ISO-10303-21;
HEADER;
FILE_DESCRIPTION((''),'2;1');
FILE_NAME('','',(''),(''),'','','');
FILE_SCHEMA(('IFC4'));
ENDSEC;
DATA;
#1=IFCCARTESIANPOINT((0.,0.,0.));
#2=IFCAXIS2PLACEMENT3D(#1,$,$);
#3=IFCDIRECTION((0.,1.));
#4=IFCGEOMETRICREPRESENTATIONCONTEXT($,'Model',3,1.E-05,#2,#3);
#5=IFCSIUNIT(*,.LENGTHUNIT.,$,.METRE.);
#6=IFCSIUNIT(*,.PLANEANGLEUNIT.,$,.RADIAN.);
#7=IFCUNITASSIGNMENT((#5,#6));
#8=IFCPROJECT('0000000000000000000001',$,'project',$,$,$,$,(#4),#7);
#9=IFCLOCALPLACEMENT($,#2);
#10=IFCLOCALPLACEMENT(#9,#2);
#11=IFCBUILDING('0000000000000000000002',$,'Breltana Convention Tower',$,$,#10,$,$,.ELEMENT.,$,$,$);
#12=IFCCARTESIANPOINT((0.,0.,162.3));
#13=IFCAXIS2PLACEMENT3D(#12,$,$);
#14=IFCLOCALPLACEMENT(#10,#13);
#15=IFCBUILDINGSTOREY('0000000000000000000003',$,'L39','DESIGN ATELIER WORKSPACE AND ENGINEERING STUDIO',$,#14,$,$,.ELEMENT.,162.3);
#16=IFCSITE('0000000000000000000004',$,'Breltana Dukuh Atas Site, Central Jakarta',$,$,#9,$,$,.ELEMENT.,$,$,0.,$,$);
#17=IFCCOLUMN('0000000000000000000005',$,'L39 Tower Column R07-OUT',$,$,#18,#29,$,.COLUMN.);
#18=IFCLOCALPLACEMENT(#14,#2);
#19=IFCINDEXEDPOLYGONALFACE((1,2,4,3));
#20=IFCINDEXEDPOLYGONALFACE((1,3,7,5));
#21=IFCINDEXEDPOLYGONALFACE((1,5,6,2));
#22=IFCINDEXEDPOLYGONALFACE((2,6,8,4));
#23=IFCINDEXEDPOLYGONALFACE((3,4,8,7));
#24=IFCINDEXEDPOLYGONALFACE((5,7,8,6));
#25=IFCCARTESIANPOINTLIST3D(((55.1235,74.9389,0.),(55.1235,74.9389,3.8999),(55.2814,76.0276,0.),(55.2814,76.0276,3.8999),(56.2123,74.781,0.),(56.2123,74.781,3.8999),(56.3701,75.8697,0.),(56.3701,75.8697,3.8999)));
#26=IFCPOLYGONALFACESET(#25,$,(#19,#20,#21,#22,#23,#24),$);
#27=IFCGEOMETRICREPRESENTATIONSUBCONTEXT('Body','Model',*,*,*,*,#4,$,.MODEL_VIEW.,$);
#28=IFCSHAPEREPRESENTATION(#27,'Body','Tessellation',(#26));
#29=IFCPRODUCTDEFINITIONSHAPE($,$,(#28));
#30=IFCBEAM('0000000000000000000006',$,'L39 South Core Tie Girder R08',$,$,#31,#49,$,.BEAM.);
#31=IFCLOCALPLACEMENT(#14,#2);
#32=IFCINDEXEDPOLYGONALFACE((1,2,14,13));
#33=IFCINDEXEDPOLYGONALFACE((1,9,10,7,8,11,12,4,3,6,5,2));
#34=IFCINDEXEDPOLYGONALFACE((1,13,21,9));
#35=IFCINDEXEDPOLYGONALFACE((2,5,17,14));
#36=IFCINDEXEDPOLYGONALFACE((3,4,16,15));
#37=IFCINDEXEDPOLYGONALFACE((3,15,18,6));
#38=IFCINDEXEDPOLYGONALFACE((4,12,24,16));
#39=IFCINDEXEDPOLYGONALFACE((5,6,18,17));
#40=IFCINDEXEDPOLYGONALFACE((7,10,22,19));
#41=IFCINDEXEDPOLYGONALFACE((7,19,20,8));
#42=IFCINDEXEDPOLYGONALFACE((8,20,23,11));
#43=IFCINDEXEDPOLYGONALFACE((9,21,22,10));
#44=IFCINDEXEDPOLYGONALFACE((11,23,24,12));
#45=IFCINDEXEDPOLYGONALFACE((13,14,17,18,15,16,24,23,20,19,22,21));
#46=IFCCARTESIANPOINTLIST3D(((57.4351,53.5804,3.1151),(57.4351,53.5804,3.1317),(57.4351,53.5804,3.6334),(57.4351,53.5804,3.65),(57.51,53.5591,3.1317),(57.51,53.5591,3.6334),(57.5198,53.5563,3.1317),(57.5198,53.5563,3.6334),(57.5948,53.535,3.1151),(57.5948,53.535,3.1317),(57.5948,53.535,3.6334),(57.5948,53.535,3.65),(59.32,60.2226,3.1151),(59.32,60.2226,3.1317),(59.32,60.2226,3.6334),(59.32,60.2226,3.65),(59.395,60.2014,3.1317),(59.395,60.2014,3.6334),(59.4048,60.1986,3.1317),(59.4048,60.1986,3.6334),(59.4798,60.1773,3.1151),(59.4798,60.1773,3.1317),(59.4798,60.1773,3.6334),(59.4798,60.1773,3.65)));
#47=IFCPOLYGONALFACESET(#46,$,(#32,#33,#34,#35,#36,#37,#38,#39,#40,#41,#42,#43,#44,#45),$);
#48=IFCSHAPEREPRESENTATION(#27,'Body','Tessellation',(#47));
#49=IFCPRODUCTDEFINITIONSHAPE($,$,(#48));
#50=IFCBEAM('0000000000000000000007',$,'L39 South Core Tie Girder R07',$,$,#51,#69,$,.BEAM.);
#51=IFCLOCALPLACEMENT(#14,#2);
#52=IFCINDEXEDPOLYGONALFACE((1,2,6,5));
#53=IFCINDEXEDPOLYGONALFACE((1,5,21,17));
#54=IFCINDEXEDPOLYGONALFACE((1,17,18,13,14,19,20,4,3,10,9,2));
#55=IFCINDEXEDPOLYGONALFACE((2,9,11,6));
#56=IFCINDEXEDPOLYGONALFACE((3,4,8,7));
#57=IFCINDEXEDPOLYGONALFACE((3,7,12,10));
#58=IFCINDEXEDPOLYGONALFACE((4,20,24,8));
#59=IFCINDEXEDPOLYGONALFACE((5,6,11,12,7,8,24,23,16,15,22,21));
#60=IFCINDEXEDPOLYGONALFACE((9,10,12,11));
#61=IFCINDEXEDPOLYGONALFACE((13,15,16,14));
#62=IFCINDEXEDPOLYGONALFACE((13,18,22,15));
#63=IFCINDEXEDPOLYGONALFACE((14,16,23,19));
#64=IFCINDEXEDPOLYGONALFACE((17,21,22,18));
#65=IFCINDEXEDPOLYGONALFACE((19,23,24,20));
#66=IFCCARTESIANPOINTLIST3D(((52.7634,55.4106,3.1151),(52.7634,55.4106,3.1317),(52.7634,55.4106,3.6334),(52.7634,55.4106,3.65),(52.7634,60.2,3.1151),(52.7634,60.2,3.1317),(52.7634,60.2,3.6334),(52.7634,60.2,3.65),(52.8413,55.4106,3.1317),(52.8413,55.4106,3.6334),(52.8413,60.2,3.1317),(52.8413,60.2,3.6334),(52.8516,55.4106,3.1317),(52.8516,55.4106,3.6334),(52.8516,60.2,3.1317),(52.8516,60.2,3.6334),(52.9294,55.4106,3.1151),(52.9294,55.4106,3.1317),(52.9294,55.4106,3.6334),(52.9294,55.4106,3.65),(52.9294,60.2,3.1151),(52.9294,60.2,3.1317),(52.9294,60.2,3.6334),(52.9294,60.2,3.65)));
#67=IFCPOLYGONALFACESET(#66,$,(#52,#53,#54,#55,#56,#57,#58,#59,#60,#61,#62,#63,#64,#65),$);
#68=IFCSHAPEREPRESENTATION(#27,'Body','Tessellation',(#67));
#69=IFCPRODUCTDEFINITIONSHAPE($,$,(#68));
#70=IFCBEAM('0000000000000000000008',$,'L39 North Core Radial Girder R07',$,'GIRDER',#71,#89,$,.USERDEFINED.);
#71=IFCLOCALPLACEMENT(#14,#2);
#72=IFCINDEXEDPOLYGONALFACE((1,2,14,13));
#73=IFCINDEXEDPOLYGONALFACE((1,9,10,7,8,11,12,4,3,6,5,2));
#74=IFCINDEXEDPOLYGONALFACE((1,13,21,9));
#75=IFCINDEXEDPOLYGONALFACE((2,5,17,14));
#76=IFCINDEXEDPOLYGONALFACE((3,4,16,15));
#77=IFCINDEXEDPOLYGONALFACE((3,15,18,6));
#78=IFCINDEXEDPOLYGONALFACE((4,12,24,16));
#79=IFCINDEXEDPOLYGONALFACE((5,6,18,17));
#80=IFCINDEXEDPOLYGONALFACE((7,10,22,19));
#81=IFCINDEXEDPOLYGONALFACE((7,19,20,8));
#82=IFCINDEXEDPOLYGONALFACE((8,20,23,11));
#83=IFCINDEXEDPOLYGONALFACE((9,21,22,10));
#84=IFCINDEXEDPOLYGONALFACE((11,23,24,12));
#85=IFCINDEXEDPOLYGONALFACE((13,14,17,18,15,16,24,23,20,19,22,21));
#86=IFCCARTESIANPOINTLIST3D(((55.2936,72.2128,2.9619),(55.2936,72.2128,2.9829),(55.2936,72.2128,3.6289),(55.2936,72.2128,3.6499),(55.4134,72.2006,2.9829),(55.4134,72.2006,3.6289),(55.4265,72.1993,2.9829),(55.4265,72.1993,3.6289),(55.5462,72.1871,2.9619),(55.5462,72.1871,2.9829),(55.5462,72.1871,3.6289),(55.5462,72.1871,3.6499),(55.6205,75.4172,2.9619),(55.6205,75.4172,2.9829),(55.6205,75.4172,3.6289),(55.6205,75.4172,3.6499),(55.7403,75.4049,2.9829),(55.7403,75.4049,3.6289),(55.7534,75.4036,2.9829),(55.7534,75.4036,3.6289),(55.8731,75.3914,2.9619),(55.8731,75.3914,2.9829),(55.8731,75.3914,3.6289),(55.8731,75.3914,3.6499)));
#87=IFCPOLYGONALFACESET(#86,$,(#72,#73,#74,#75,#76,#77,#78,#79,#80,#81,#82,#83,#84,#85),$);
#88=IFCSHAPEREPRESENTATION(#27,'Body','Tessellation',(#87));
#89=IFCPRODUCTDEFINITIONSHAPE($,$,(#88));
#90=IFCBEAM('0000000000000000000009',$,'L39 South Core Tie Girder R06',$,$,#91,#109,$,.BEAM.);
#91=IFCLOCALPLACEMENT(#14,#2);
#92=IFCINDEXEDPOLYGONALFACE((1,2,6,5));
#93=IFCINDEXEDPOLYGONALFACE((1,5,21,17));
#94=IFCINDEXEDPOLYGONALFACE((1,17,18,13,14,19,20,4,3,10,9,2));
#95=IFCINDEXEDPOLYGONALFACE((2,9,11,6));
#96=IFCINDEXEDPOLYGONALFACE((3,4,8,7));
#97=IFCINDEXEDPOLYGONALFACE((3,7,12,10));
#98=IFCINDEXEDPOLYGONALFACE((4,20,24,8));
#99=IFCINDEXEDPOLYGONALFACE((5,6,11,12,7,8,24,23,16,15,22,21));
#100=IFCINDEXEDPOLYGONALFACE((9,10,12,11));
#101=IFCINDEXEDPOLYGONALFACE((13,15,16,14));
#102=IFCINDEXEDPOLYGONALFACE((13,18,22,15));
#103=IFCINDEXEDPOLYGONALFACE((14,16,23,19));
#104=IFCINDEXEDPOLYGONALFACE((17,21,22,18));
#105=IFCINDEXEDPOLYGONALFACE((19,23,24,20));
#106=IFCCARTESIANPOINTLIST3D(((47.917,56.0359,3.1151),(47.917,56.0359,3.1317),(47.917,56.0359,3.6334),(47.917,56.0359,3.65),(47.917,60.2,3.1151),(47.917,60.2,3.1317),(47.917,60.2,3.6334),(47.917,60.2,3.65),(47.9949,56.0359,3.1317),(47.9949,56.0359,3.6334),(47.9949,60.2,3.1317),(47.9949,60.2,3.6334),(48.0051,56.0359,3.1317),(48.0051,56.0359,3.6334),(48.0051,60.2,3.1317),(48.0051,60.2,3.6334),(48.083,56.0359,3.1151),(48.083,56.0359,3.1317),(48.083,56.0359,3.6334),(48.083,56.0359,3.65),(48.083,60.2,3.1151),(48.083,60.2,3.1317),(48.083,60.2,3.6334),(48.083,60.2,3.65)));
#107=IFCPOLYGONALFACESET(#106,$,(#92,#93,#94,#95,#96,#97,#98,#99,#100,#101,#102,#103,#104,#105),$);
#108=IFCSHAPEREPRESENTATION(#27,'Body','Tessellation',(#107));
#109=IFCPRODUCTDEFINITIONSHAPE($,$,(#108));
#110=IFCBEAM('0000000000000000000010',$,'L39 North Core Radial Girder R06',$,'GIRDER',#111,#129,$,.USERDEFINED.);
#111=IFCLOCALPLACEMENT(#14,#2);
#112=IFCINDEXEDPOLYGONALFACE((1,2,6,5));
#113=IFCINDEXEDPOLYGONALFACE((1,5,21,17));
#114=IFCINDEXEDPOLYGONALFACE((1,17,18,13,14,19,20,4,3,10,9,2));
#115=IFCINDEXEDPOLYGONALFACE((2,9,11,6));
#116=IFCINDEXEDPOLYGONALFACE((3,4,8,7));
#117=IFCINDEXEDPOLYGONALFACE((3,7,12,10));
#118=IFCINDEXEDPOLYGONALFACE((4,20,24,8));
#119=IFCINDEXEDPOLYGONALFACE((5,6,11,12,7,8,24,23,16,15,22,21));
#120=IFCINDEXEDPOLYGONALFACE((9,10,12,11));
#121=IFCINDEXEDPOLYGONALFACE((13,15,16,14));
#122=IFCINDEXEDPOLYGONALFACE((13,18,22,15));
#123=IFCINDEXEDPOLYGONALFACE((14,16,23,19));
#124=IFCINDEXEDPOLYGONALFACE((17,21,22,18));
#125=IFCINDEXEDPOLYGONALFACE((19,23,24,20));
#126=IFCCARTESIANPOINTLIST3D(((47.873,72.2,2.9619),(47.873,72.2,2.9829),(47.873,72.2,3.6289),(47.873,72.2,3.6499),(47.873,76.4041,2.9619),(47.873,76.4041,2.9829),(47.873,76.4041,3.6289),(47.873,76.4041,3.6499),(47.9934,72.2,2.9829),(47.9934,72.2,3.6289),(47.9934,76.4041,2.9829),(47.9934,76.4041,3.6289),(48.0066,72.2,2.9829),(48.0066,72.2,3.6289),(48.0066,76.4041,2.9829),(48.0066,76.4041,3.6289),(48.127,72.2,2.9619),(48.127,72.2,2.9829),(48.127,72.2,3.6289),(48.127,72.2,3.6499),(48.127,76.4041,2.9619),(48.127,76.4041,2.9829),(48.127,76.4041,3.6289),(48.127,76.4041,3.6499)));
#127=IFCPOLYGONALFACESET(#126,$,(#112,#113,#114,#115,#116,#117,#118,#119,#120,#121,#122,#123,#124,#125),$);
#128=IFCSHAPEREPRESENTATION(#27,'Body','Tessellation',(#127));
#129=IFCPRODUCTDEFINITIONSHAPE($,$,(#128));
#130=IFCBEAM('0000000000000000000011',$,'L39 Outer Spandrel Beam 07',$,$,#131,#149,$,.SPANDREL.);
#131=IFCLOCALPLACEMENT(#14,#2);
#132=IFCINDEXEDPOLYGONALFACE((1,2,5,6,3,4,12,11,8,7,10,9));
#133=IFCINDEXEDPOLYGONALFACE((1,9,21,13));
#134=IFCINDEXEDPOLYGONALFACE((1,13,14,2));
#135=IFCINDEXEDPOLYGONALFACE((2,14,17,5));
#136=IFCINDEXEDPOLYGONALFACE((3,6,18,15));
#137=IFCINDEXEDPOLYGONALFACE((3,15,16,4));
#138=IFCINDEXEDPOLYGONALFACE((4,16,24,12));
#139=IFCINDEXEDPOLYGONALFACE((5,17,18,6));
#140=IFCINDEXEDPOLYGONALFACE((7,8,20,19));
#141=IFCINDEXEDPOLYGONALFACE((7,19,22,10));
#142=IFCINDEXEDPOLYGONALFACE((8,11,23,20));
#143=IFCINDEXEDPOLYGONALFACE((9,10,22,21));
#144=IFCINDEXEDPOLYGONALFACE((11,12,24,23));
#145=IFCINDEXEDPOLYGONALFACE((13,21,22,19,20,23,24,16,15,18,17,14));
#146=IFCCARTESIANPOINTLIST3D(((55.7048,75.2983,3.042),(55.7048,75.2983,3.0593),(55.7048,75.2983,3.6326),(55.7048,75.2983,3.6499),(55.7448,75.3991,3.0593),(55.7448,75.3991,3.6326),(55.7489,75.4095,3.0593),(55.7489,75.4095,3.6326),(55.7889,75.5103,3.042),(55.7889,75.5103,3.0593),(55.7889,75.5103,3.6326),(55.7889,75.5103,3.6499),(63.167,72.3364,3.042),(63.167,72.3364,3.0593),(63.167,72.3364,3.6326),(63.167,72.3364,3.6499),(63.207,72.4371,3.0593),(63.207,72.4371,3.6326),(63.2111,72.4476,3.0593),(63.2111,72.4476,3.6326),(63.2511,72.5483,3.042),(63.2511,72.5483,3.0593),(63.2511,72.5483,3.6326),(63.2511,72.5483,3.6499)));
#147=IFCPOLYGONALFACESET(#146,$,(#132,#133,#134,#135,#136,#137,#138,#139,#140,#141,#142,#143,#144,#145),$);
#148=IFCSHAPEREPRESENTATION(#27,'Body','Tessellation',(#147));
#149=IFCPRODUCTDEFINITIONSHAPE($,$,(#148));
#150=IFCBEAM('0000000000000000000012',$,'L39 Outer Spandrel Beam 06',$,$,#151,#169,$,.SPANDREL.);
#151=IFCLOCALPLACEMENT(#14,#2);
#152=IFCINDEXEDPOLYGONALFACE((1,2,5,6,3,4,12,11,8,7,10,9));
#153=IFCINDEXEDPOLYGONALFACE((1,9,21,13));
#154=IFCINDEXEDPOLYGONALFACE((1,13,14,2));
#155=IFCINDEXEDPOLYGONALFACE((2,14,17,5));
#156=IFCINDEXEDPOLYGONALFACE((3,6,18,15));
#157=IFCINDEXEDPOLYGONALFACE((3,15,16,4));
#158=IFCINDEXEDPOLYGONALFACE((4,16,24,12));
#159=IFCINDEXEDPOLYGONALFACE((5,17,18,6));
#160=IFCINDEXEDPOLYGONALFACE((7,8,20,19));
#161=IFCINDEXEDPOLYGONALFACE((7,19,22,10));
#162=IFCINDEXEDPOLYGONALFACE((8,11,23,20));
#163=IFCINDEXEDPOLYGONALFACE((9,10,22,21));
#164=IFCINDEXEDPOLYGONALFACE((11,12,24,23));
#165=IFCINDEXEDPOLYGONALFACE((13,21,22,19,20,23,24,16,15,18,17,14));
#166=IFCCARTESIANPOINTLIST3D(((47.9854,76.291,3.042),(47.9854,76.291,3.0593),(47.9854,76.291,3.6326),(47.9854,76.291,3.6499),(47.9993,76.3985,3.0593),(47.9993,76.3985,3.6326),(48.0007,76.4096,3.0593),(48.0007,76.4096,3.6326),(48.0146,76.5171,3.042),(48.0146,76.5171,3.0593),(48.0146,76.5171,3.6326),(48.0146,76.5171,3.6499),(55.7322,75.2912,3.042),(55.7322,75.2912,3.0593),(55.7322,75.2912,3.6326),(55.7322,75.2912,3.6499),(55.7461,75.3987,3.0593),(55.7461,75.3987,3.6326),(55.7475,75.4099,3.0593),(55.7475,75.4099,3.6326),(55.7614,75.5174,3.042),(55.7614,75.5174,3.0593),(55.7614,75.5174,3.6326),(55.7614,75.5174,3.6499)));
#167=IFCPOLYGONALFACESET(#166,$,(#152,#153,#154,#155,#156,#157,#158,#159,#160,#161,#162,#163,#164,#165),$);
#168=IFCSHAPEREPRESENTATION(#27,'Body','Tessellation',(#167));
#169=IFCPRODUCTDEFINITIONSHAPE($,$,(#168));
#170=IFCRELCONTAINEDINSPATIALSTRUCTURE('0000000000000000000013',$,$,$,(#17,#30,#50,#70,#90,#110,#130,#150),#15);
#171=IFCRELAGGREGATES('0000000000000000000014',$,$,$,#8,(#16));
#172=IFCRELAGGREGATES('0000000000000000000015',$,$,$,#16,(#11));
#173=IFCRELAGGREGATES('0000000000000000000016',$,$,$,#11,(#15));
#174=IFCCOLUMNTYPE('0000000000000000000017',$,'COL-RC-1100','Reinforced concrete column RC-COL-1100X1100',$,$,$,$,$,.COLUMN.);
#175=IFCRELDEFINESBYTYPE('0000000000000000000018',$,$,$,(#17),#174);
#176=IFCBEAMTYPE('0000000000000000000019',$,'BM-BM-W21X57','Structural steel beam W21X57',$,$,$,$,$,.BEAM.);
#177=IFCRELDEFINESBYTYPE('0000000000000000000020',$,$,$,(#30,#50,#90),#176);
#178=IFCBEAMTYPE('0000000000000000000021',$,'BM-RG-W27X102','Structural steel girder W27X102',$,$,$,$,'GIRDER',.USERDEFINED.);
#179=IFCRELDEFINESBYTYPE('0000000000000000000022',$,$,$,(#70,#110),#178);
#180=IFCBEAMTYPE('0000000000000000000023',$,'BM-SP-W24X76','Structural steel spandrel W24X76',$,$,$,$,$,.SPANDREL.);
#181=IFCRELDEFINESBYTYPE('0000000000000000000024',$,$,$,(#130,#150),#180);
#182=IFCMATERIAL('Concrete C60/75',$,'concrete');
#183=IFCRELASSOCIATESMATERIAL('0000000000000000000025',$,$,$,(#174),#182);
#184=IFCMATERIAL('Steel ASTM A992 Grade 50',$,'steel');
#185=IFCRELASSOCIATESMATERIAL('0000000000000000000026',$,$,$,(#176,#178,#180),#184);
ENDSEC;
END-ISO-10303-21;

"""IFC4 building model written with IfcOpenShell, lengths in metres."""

from ifc_helpers import new_model, si_unit, direction, frame, origin, origin_2d, place, context, subcontext, project, spatial, rectangle, i_section, extrude, source, transform, mapped, material, material_profile, profile_set, type_object, type_shapes, element, save


model = new_model("IFC4")

# Units and contexts
model_context = context("Model", 3, precision=1e-05, world=origin(), true_north=direction((0.0, 1.0)))
body_context = subcontext(model_context, "Body", "Model", "MODEL_VIEW")
ifc_project = project(units=[si_unit("LENGTHUNIT", "METRE"), si_unit("PLANEANGLEUNIT", "RADIAN")], contexts=[model_context])

# Site, building, storey
site_placement = place(None, origin())
site = spatial("IfcSite", under=ifc_project, at=site_placement, Name="Breltana Dukuh Atas Site, Central Jakarta", CompositionType="ELEMENT", RefElevation=0.0)
building_placement = place(site_placement, origin())
building = spatial("IfcBuilding", under=site, at=building_placement, Name="Breltana Convention Tower", CompositionType="ELEMENT")
storey_placement = place(building_placement, frame((0.0, 0.0, 162.3)))
storey = spatial("IfcBuildingStorey", under=building, at=storey_placement, Name="L39", Description="DESIGN ATELIER WORKSPACE AND ENGINEERING STUDIO", CompositionType="ELEMENT", Elevation=162.3)

# Column
ifc_material_1 = material(Name="Concrete C60/75", Category="concrete")
ifc_material_profile_1 = material_profile(ifc_material_1, rectangle(XDim=1.1001, YDim=1.1001, at=origin_2d()), Name="RC-COL-1100X1100")
ifc_profile_set_1 = profile_set([ifc_material_profile_1], Name="Concrete C60/75")
column_type = type_object("IfcColumnType", Name="COL-RC-1100", Description="Reinforced concrete column RC-COL-1100X1100", PredefinedType="COLUMN", material=ifc_profile_set_1)
shared_shape_1 = source(origin(), body_context, "Body", "SweptSolid", [
    extrude(rectangle(XDim=1.1001, YDim=1.1001, at=origin_2d()), origin(), (0.0, 0.0, 1.0), 3.8999),
])
column_placement = place(storey_placement, frame((55.7468, 75.4043, 0.0), z_axis=(0.0, 0.0, 1.0), x_axis=(0.143493, 0.989651, 0.0)))
element("IfcColumn", 1, at=column_placement, inside=storey, type_object=column_type, Name="L39 Tower Column R07-OUT", PredefinedType="COLUMN", context=body_context, shape_type="MappedRepresentation", body=[
    mapped(shared_shape_1, transform((0.0, 0.0, 0.0), scale=1.0)),
])

# Beams
ifc_material_2 = material(Name="Steel ASTM A992 Grade 50", Category="steel")
ifc_material_profile_2 = material_profile(ifc_material_2, i_section(OverallWidth=0.166, OverallDepth=0.5349, WebThickness=0.0103, FlangeThickness=0.0166, at=origin_2d()), Name="W21X57")
ifc_profile_set_2 = profile_set([ifc_material_profile_2], Name="Steel ASTM A992 Grade 50")
beam_type_1 = type_object("IfcBeamType", Name="BM-BM-W21X57", Description="Structural steel beam W21X57", PredefinedType="BEAM", material=ifc_profile_set_2)
shared_shape_2 = source(origin(), body_context, "Body", "SweptSolid", [
    extrude(i_section(OverallWidth=0.166, OverallDepth=0.5349, WebThickness=0.0103, FlangeThickness=0.0166, at=origin_2d()), origin(), (0.0, 0.0, 1.0), 6.9045),
])
type_shapes(beam_type_1, [shared_shape_2])
beam_1_placement = place(storey_placement, frame((59.3999, 60.2, 3.3826), z_axis=(-0.273007, -0.962012, 0.0), x_axis=(0.962012, -0.273007, 0.0)))
element("IfcBeam", 2, at=beam_1_placement, inside=storey, type_object=beam_type_1, Name="L39 South Core Tie Girder R08", PredefinedType="BEAM", context=body_context, shape_type="MappedRepresentation", body=[
    mapped(shared_shape_2, transform((0.0, 0.0, 0.0), scale=1.0)),
])
shared_shape_3 = source(origin(), body_context, "Body", "SweptSolid", [
    extrude(i_section(OverallWidth=0.166, OverallDepth=0.5349, WebThickness=0.0103, FlangeThickness=0.0166, at=origin_2d()), origin(), (0.0, 0.0, 1.0), 4.7893),
])
beam_2_placement = place(storey_placement, frame((52.8464, 60.2, 3.3826), z_axis=(0.0, -1.0, 0.0), x_axis=(1.0, 0.0, 0.0)))
element("IfcBeam", 3, at=beam_2_placement, inside=storey, type_object=beam_type_1, Name="L39 South Core Tie Girder R07", PredefinedType="BEAM", context=body_context, shape_type="MappedRepresentation", body=[
    mapped(shared_shape_3, transform((0.0, 0.0, 0.0), scale=1.0)),
])
ifc_material_profile_3 = material_profile(ifc_material_2, i_section(OverallWidth=0.2539, OverallDepth=0.688, WebThickness=0.0132, FlangeThickness=0.021, at=origin_2d()), Name="W27X102")
ifc_profile_set_3 = profile_set([ifc_material_profile_3], Name="Steel ASTM A992 Grade 50")
beam_type_2 = type_object("IfcBeamType", Name="BM-RG-W27X102", Description="Structural steel girder W27X102", ElementType="GIRDER", PredefinedType="USERDEFINED", material=ifc_profile_set_3)
shared_shape_4 = source(origin(), body_context, "Body", "SweptSolid", [
    extrude(i_section(OverallWidth=0.2539, OverallDepth=0.688, WebThickness=0.0132, FlangeThickness=0.021, at=origin_2d()), origin(), (0.0, 0.0, 1.0), 3.2209),
])
beam_3_placement = place(storey_placement, frame((55.4199, 72.2, 3.3059), z_axis=(0.101492, 0.994836, 0.0), x_axis=(-0.994836, 0.101492, 0.0)))
element("IfcBeam", 4, at=beam_3_placement, inside=storey, type_object=beam_type_2, Name="L39 North Core Radial Girder R07", ObjectType="GIRDER", PredefinedType="USERDEFINED", context=body_context, shape_type="MappedRepresentation", body=[
    mapped(shared_shape_4, transform((0.0, 0.0, 0.0), scale=1.0)),
])
shared_shape_5 = source(origin(), body_context, "Body", "SweptSolid", [
    extrude(i_section(OverallWidth=0.166, OverallDepth=0.5349, WebThickness=0.0103, FlangeThickness=0.0166, at=origin_2d()), origin(), (0.0, 0.0, 1.0), 4.1641),
])
beam_4_placement = place(storey_placement, frame((48.0, 60.2, 3.3826), z_axis=(0.0, -1.0, 0.0), x_axis=(1.0, 0.0, 0.0)))
element("IfcBeam", 5, at=beam_4_placement, inside=storey, type_object=beam_type_1, Name="L39 South Core Tie Girder R06", PredefinedType="BEAM", context=body_context, shape_type="MappedRepresentation", body=[
    mapped(shared_shape_5, transform((0.0, 0.0, 0.0), scale=1.0)),
])
shared_shape_6 = source(origin(), body_context, "Body", "SweptSolid", [
    extrude(i_section(OverallWidth=0.2539, OverallDepth=0.688, WebThickness=0.0132, FlangeThickness=0.021, at=origin_2d()), origin(), (0.0, 0.0, 1.0), 4.2041),
])
beam_5_placement = place(storey_placement, frame((48.0, 72.2, 3.3059), z_axis=(0.0, 1.0, 0.0), x_axis=(-1.0, 0.0, 0.0)))
element("IfcBeam", 6, at=beam_5_placement, inside=storey, type_object=beam_type_2, Name="L39 North Core Radial Girder R06", ObjectType="GIRDER", PredefinedType="USERDEFINED", context=body_context, shape_type="MappedRepresentation", body=[
    mapped(shared_shape_6, transform((0.0, 0.0, 0.0), scale=1.0)),
])
ifc_material_profile_4 = material_profile(ifc_material_2, i_section(OverallWidth=0.228, OverallDepth=0.6079, WebThickness=0.0112, FlangeThickness=0.0173, at=origin_2d()), Name="W24X76")
ifc_profile_set_4 = profile_set([ifc_material_profile_4], Name="Steel ASTM A992 Grade 50")
beam_type_3 = type_object("IfcBeamType", Name="BM-SP-W24X76", Description="Structural steel spandrel W24X76", PredefinedType="SPANDREL", material=ifc_profile_set_4)
shared_shape_7 = source(origin(), body_context, "Body", "SweptSolid", [
    extrude(i_section(OverallWidth=0.228, OverallDepth=0.6079, WebThickness=0.0112, FlangeThickness=0.0173, at=origin_2d()), origin(), (0.0, 0.0, 1.0), 8.0286),
])
beam_6_placement = place(storey_placement, frame((55.7468, 75.4043, 3.3459), z_axis=(0.929459, -0.368925, 0.0), x_axis=(0.368925, 0.929459, 0.0)))
element("IfcBeam", 7, at=beam_6_placement, inside=storey, type_object=beam_type_3, Name="L39 Outer Spandrel Beam 07", PredefinedType="SPANDREL", context=body_context, shape_type="MappedRepresentation", body=[
    mapped(shared_shape_7, transform((0.0, 0.0, 0.0), scale=1.0)),
])
shared_shape_8 = source(origin(), body_context, "Body", "SweptSolid", [
    extrude(i_section(OverallWidth=0.228, OverallDepth=0.6079, WebThickness=0.0112, FlangeThickness=0.0173, at=origin_2d()), origin(), (0.0, 0.0, 1.0), 7.811),
])
beam_7_placement = place(storey_placement, frame((48.0, 76.4041, 3.3459), z_axis=(0.991775, -0.127992, 0.0), x_axis=(0.127992, 0.991775, 0.0)))
element("IfcBeam", 8, at=beam_7_placement, inside=storey, type_object=beam_type_3, Name="L39 Outer Spandrel Beam 06", PredefinedType="SPANDREL", context=body_context, shape_type="MappedRepresentation", body=[
    mapped(shared_shape_8, transform((0.0, 0.0, 0.0), scale=1.0)),
])

save(model, "model.ifc")
